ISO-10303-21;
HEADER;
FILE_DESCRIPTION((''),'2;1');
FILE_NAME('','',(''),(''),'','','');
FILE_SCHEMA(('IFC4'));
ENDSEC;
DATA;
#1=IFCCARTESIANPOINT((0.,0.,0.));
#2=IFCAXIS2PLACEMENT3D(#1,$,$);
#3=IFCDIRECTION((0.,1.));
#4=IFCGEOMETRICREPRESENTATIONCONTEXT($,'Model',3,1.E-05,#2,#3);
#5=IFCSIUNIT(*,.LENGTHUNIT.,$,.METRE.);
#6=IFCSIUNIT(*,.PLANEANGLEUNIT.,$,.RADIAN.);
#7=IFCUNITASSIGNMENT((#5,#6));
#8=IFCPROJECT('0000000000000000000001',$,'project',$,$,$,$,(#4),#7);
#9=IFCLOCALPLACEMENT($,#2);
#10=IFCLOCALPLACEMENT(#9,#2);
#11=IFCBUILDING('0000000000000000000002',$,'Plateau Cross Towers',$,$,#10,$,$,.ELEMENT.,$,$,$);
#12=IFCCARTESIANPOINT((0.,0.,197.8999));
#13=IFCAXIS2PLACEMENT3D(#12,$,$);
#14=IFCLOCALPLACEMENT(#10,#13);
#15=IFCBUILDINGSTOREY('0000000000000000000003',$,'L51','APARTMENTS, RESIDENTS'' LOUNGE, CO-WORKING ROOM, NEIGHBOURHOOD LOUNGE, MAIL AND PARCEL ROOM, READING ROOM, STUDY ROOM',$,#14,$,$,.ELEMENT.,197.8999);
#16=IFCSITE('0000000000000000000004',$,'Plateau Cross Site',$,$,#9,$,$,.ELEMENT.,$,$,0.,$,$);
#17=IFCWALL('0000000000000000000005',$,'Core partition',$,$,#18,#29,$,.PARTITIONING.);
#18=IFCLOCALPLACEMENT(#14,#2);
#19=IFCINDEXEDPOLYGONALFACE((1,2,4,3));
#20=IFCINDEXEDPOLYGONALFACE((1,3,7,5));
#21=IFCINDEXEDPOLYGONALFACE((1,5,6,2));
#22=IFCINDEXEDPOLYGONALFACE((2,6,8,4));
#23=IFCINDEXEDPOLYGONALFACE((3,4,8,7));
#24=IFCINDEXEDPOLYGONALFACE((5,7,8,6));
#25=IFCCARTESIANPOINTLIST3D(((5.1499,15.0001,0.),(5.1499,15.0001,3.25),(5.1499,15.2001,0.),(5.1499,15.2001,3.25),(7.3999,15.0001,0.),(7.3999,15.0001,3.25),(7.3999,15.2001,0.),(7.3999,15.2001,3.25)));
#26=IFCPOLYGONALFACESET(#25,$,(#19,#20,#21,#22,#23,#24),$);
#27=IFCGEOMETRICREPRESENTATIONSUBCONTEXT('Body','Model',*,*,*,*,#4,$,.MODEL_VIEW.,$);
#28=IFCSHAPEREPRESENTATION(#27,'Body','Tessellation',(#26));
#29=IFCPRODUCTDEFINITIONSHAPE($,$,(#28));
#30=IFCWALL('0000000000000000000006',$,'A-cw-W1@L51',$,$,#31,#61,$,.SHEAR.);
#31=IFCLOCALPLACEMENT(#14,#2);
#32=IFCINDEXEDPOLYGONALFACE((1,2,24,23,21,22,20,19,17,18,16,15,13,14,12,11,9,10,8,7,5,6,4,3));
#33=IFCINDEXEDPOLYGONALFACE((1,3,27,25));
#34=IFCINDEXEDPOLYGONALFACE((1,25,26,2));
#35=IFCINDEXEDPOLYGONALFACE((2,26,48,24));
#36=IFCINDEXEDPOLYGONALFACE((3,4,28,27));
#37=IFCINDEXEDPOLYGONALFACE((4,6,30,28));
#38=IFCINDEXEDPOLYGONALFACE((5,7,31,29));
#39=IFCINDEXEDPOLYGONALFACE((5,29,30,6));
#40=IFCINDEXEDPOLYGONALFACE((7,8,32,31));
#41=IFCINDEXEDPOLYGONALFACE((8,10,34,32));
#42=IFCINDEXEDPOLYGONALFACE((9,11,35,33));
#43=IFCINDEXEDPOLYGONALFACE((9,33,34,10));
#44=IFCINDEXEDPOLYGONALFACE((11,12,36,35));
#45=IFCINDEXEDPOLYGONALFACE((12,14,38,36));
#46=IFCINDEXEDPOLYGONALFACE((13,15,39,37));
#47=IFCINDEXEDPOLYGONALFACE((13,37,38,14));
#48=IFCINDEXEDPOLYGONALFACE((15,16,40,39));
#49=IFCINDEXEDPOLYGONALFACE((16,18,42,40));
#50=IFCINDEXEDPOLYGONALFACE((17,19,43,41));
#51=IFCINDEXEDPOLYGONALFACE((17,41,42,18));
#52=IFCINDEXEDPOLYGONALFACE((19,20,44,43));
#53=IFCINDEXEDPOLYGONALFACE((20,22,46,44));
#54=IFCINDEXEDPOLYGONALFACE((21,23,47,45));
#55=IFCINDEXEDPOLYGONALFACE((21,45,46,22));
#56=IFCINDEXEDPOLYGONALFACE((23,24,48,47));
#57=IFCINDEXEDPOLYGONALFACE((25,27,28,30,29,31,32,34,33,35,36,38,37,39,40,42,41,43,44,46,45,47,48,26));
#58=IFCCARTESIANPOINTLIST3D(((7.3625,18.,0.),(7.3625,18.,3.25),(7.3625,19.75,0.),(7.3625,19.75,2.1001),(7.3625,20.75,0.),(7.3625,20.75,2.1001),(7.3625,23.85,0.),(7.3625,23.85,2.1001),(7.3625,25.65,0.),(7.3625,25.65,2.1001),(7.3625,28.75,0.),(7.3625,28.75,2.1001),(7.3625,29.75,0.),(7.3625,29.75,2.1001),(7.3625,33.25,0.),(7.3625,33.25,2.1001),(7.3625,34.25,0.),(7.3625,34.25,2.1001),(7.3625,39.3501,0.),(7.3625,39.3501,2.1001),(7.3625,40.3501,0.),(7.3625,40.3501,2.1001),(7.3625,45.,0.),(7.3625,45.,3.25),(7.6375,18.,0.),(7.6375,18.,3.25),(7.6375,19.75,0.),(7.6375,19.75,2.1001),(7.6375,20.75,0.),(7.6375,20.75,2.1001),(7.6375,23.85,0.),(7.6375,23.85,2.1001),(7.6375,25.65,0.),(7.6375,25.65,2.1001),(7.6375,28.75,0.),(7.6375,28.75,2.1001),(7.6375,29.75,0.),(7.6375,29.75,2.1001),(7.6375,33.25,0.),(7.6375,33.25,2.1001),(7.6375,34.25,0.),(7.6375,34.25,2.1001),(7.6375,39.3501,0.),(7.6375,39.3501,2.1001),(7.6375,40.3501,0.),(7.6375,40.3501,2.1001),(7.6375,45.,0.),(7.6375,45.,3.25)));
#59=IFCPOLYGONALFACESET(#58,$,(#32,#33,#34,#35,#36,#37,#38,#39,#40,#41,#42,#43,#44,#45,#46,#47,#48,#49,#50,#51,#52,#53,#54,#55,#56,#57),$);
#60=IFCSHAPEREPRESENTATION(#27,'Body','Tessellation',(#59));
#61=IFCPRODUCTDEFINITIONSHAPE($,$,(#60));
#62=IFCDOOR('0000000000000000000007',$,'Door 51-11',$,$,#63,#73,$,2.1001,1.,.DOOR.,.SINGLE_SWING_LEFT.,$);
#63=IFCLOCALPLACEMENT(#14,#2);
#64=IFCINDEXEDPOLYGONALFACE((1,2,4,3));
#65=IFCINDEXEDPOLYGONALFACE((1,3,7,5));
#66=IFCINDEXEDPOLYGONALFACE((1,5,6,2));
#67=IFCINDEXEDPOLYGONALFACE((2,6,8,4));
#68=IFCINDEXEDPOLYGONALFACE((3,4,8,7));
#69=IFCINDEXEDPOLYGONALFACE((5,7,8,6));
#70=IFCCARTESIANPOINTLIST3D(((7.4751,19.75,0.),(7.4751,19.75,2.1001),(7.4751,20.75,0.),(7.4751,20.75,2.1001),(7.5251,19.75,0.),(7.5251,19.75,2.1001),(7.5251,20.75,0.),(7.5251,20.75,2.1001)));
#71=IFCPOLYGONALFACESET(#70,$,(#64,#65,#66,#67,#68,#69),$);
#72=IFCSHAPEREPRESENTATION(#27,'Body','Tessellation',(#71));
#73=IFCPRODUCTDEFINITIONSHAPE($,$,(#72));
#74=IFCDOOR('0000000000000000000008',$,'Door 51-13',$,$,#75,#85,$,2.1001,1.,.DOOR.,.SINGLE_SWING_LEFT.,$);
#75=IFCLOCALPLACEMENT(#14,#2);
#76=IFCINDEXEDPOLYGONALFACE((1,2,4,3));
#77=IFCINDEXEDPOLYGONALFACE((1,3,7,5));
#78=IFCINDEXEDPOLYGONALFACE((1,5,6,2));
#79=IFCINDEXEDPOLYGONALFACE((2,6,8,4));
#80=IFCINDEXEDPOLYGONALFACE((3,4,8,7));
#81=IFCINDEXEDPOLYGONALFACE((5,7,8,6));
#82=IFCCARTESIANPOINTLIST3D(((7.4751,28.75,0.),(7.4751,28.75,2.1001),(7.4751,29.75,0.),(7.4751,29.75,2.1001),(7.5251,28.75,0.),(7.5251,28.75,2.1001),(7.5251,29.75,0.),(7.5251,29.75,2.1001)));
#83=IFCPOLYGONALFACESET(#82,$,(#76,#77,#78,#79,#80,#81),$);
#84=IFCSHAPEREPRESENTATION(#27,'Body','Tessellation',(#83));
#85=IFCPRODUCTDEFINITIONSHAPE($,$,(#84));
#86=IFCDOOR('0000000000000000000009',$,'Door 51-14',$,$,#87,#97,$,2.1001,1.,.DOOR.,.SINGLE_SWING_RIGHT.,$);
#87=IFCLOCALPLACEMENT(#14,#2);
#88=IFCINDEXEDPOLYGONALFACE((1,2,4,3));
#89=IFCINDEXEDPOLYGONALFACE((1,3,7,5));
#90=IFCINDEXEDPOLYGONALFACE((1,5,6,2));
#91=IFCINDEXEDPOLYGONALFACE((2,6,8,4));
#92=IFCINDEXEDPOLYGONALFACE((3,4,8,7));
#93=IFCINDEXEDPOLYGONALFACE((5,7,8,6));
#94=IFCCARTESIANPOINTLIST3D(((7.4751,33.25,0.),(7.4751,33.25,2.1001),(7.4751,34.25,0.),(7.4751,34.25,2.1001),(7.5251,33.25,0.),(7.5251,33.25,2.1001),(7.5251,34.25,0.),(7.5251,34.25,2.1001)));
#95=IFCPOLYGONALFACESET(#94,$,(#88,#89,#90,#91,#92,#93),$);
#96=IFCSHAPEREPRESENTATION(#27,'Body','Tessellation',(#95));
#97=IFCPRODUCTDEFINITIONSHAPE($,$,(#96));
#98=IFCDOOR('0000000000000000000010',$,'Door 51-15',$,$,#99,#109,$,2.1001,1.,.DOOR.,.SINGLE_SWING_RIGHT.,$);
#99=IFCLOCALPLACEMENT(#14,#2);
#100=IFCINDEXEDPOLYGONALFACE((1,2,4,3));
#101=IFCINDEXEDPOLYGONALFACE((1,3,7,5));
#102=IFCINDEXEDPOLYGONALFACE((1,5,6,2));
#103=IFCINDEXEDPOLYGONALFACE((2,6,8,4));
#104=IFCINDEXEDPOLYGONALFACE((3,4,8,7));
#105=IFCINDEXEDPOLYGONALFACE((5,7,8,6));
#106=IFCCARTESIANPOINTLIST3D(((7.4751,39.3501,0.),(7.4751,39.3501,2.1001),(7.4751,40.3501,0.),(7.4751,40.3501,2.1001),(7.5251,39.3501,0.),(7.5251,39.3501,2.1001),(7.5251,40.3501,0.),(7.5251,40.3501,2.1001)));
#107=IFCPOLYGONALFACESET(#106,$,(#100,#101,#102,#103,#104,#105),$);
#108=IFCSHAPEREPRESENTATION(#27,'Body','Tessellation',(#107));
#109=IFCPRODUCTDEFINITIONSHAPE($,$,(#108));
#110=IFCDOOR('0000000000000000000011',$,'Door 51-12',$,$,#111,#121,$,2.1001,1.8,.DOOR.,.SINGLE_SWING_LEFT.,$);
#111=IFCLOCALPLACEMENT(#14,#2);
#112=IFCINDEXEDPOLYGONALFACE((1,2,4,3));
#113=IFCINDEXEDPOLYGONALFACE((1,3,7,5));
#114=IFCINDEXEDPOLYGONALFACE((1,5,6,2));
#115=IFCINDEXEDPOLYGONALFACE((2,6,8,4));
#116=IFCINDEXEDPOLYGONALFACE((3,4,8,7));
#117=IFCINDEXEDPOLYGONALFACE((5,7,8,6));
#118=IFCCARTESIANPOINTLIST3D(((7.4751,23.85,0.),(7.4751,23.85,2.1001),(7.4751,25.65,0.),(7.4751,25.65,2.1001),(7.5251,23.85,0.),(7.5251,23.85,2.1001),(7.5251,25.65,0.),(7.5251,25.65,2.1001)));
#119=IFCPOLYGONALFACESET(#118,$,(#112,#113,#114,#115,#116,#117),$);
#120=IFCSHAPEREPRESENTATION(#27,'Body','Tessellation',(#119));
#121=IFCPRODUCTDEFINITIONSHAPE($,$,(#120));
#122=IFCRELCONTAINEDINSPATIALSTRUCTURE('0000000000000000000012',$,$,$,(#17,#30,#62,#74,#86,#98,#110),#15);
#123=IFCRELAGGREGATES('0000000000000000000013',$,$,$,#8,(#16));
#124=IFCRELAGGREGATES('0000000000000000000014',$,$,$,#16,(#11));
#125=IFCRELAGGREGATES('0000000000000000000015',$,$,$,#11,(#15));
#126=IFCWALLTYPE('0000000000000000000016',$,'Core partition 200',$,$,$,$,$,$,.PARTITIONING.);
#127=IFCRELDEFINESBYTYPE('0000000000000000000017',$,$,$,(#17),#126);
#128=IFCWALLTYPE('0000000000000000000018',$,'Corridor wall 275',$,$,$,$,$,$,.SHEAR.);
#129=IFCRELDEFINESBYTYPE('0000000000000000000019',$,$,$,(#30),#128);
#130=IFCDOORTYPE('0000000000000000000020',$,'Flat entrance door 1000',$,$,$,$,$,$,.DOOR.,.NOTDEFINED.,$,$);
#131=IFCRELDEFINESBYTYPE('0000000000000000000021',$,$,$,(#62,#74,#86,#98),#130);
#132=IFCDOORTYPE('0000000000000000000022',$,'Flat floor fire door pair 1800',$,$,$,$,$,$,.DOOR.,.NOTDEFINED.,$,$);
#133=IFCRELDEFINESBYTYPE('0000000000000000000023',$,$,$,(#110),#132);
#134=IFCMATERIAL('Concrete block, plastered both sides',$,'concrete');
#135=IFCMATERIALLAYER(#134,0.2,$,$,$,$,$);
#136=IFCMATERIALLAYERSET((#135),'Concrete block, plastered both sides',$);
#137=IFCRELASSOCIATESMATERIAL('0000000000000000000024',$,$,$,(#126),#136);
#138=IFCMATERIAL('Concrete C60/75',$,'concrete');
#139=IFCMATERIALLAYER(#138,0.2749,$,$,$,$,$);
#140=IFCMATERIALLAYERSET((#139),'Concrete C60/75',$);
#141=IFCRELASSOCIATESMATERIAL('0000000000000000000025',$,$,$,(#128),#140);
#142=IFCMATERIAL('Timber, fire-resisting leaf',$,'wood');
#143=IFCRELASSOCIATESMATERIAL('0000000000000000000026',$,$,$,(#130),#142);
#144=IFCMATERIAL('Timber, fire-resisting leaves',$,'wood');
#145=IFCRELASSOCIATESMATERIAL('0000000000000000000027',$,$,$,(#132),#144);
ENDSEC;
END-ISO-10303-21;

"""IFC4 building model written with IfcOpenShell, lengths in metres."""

from ifc_helpers import new_model, si_unit, direction, frame, frame_2d, origin, place, context, subcontext, project, spatial, rectangle, extrude, material, layer, layer_set, type_object, element, fill, save


model = new_model("IFC4")

# Units and contexts
model_context = context("Model", 3, precision=1e-05, world=origin(), true_north=direction((0.0, 1.0)))
body_context = subcontext(model_context, "Body", "Model", "MODEL_VIEW")
ifc_project = project(units=[si_unit("LENGTHUNIT", "METRE"), si_unit("PLANEANGLEUNIT", "RADIAN")], contexts=[model_context])

# Site, building, storey
site_placement = place(None, origin())
site = spatial("IfcSite", under=ifc_project, at=site_placement, Name="Plateau Cross Site", CompositionType="ELEMENT", RefElevation=0.0)
building_placement = place(site_placement, origin())
building = spatial("IfcBuilding", under=site, at=building_placement, Name="Plateau Cross Towers", CompositionType="ELEMENT")
storey_placement = place(building_placement, frame((0.0, 0.0, 197.8999)))
storey = spatial("IfcBuildingStorey", under=building, at=storey_placement, Name="L51", Description="APARTMENTS, RESIDENTS' LOUNGE, CO-WORKING ROOM, NEIGHBOURHOOD LOUNGE, MAIL AND PARCEL ROOM, READING ROOM, STUDY ROOM", CompositionType="ELEMENT", Elevation=197.8999)

# Wall
ifc_material_1 = material(Name="Concrete block, plastered both sides", Category="concrete")
ifc_layer_1 = layer(ifc_material_1, 0.2)
ifc_layer_set_1 = layer_set([ifc_layer_1], Name="Concrete block, plastered both sides")
wall_type_1 = type_object("IfcWallType", Name="Core partition 200", PredefinedType="PARTITIONING", material=ifc_layer_set_1)
wall_1_placement = place(storey_placement, frame((5.1499, 15.1001, 0.0), z_axis=(0.0, 0.0, 1.0), x_axis=(1.0, 0.0, 0.0)))
element("IfcWall", 1, at=wall_1_placement, inside=storey, type_object=wall_type_1, Name="Core partition", PredefinedType="PARTITIONING", context=body_context, shape_type="SweptSolid", body=[
    extrude(rectangle(XDim=2.25, YDim=0.2, at=frame_2d((1.125, 0.0))), origin(), (0.0, 0.0, 1.0), 3.25),
])

# Wall, openings, doors
ifc_material_2 = material(Name="Concrete C60/75", Category="concrete")
ifc_layer_2 = layer(ifc_material_2, 0.2749)
ifc_layer_set_2 = layer_set([ifc_layer_2], Name="Concrete C60/75")
wall_type_2 = type_object("IfcWallType", Name="Corridor wall 275", PredefinedType="SHEAR", material=ifc_layer_set_2)
wall_2_placement = place(storey_placement, frame((7.5, 18.0, 0.0), z_axis=(0.0, 0.0, 1.0), x_axis=(0.0, 1.0, 0.0)))
wall_2 = element("IfcWall", 2, at=wall_2_placement, inside=storey, type_object=wall_type_2, Name="A-cw-W1@L51", PredefinedType="SHEAR", context=body_context, shape_type="SweptSolid", body=[
    extrude(rectangle(XDim=27.0, YDim=0.2749, at=frame_2d((13.5, 0.0))), origin(), (0.0, 0.0, 1.0), 3.25),
])
opening_1_placement = place(wall_2_placement, frame((1.75, 0.0, 0.0)))
opening_1 = element("IfcOpeningElement", 3, at=opening_1_placement, cuts=wall_2, PredefinedType="OPENING", context=body_context, shape_type="SweptSolid", body=[
    extrude(rectangle(XDim=1.0, YDim=2.1001, at=frame_2d((0.5, 1.05))), frame((0.0, 0.1475, 0.0), z_axis=(0.0, -1.0, 0.0), x_axis=(1.0, 0.0, 0.0)), (0.0, 0.0, 1.0), 0.2949),
])
opening_2_placement = place(wall_2_placement, frame((5.8501, 0.0, 0.0)))
opening_2 = element("IfcOpeningElement", 4, at=opening_2_placement, cuts=wall_2, PredefinedType="OPENING", context=body_context, shape_type="SweptSolid", body=[
    extrude(rectangle(XDim=1.8, YDim=2.1001, at=frame_2d((0.8999, 1.05))), frame((0.0, 0.1475, 0.0), z_axis=(0.0, -1.0, 0.0), x_axis=(1.0, 0.0, 0.0)), (0.0, 0.0, 1.0), 0.2949),
])
opening_3_placement = place(wall_2_placement, frame((10.75, 0.0, 0.0)))
opening_3 = element("IfcOpeningElement", 5, at=opening_3_placement, cuts=wall_2, PredefinedType="OPENING", context=body_context, shape_type="SweptSolid", body=[
    extrude(rectangle(XDim=1.0, YDim=2.1001, at=frame_2d((0.5, 1.05))), frame((0.0, 0.1475, 0.0), z_axis=(0.0, -1.0, 0.0), x_axis=(1.0, 0.0, 0.0)), (0.0, 0.0, 1.0), 0.2949),
])
opening_4_placement = place(wall_2_placement, frame((15.25, 0.0, 0.0)))
opening_4 = element("IfcOpeningElement", 6, at=opening_4_placement, cuts=wall_2, PredefinedType="OPENING", context=body_context, shape_type="SweptSolid", body=[
    extrude(rectangle(XDim=1.0, YDim=2.1001, at=frame_2d((0.5, 1.05))), frame((0.0, 0.1475, 0.0), z_axis=(0.0, -1.0, 0.0), x_axis=(1.0, 0.0, 0.0)), (0.0, 0.0, 1.0), 0.2949),
])
opening_5_placement = place(wall_2_placement, frame((21.3501, 0.0, 0.0)))
opening_5 = element("IfcOpeningElement", 7, at=opening_5_placement, cuts=wall_2, PredefinedType="OPENING", context=body_context, shape_type="SweptSolid", body=[
    extrude(rectangle(XDim=1.0, YDim=2.1001, at=frame_2d((0.5, 1.05))), frame((0.0, 0.1475, 0.0), z_axis=(0.0, -1.0, 0.0), x_axis=(1.0, 0.0, 0.0)), (0.0, 0.0, 1.0), 0.2949),
])
ifc_material_3 = material(Name="Timber, fire-resisting leaf", Category="wood")
door_type_1 = type_object("IfcDoorType", Name="Flat entrance door 1000", OperationType="NOTDEFINED", PredefinedType="DOOR", material=ifc_material_3)
door_1_placement = place(opening_1_placement, origin())
door_1 = element("IfcDoor", 8, at=door_1_placement, inside=storey, type_object=door_type_1, Name="Door 51-11", OperationType="SINGLE_SWING_LEFT", OverallHeight=2.1001, OverallWidth=1.0, PredefinedType="DOOR", context=body_context, shape_type="SweptSolid", body=[
    extrude(rectangle(XDim=1.0, YDim=2.1001, at=frame_2d((0.5, 1.05))), frame((0.0, 0.0249, 0.0), z_axis=(0.0, -1.0, 0.0), x_axis=(1.0, 0.0, 0.0)), (0.0, 0.0, 1.0), 0.05),
])
fill(opening_1, door_1)
door_2_placement = place(opening_3_placement, origin())
door_2 = element("IfcDoor", 9, at=door_2_placement, inside=storey, type_object=door_type_1, Name="Door 51-13", OperationType="SINGLE_SWING_LEFT", OverallHeight=2.1001, OverallWidth=1.0, PredefinedType="DOOR", context=body_context, shape_type="SweptSolid", body=[
    extrude(rectangle(XDim=1.0, YDim=2.1001, at=frame_2d((0.5, 1.05))), frame((0.0, 0.0249, 0.0), z_axis=(0.0, -1.0, 0.0), x_axis=(1.0, 0.0, 0.0)), (0.0, 0.0, 1.0), 0.05),
])
fill(opening_3, door_2)
door_3_placement = place(opening_4_placement, origin())
door_3 = element("IfcDoor", 10, at=door_3_placement, inside=storey, type_object=door_type_1, Name="Door 51-14", OperationType="SINGLE_SWING_RIGHT", OverallHeight=2.1001, OverallWidth=1.0, PredefinedType="DOOR", context=body_context, shape_type="SweptSolid", body=[
    extrude(rectangle(XDim=1.0, YDim=2.1001, at=frame_2d((0.5, 1.05))), frame((0.0, 0.0249, 0.0), z_axis=(0.0, -1.0, 0.0), x_axis=(1.0, 0.0, 0.0)), (0.0, 0.0, 1.0), 0.05),
])
fill(opening_4, door_3)
door_4_placement = place(opening_5_placement, origin())
door_4 = element("IfcDoor", 11, at=door_4_placement, inside=storey, type_object=door_type_1, Name="Door 51-15", OperationType="SINGLE_SWING_RIGHT", OverallHeight=2.1001, OverallWidth=1.0, PredefinedType="DOOR", context=body_context, shape_type="SweptSolid", body=[
    extrude(rectangle(XDim=1.0, YDim=2.1001, at=frame_2d((0.5, 1.05))), frame((0.0, 0.0249, 0.0), z_axis=(0.0, -1.0, 0.0), x_axis=(1.0, 0.0, 0.0)), (0.0, 0.0, 1.0), 0.05),
])
fill(opening_5, door_4)
ifc_material_4 = material(Name="Timber, fire-resisting leaves", Category="wood")
door_type_2 = type_object("IfcDoorType", Name="Flat floor fire door pair 1800", OperationType="NOTDEFINED", PredefinedType="DOOR", material=ifc_material_4)
door_5_placement = place(opening_2_placement, origin())
door_5 = element("IfcDoor", 12, at=door_5_placement, inside=storey, type_object=door_type_2, Name="Door 51-12", OperationType="SINGLE_SWING_LEFT", OverallHeight=2.1001, OverallWidth=1.8, PredefinedType="DOOR", context=body_context, shape_type="SweptSolid", body=[
    extrude(rectangle(XDim=1.8, YDim=2.1001, at=frame_2d((0.8999, 1.05))), frame((0.0, 0.0249, 0.0), z_axis=(0.0, -1.0, 0.0), x_axis=(1.0, 0.0, 0.0)), (0.0, 0.0, 1.0), 0.05),
])
fill(opening_2, door_5)

save(model, "model.ifc")
